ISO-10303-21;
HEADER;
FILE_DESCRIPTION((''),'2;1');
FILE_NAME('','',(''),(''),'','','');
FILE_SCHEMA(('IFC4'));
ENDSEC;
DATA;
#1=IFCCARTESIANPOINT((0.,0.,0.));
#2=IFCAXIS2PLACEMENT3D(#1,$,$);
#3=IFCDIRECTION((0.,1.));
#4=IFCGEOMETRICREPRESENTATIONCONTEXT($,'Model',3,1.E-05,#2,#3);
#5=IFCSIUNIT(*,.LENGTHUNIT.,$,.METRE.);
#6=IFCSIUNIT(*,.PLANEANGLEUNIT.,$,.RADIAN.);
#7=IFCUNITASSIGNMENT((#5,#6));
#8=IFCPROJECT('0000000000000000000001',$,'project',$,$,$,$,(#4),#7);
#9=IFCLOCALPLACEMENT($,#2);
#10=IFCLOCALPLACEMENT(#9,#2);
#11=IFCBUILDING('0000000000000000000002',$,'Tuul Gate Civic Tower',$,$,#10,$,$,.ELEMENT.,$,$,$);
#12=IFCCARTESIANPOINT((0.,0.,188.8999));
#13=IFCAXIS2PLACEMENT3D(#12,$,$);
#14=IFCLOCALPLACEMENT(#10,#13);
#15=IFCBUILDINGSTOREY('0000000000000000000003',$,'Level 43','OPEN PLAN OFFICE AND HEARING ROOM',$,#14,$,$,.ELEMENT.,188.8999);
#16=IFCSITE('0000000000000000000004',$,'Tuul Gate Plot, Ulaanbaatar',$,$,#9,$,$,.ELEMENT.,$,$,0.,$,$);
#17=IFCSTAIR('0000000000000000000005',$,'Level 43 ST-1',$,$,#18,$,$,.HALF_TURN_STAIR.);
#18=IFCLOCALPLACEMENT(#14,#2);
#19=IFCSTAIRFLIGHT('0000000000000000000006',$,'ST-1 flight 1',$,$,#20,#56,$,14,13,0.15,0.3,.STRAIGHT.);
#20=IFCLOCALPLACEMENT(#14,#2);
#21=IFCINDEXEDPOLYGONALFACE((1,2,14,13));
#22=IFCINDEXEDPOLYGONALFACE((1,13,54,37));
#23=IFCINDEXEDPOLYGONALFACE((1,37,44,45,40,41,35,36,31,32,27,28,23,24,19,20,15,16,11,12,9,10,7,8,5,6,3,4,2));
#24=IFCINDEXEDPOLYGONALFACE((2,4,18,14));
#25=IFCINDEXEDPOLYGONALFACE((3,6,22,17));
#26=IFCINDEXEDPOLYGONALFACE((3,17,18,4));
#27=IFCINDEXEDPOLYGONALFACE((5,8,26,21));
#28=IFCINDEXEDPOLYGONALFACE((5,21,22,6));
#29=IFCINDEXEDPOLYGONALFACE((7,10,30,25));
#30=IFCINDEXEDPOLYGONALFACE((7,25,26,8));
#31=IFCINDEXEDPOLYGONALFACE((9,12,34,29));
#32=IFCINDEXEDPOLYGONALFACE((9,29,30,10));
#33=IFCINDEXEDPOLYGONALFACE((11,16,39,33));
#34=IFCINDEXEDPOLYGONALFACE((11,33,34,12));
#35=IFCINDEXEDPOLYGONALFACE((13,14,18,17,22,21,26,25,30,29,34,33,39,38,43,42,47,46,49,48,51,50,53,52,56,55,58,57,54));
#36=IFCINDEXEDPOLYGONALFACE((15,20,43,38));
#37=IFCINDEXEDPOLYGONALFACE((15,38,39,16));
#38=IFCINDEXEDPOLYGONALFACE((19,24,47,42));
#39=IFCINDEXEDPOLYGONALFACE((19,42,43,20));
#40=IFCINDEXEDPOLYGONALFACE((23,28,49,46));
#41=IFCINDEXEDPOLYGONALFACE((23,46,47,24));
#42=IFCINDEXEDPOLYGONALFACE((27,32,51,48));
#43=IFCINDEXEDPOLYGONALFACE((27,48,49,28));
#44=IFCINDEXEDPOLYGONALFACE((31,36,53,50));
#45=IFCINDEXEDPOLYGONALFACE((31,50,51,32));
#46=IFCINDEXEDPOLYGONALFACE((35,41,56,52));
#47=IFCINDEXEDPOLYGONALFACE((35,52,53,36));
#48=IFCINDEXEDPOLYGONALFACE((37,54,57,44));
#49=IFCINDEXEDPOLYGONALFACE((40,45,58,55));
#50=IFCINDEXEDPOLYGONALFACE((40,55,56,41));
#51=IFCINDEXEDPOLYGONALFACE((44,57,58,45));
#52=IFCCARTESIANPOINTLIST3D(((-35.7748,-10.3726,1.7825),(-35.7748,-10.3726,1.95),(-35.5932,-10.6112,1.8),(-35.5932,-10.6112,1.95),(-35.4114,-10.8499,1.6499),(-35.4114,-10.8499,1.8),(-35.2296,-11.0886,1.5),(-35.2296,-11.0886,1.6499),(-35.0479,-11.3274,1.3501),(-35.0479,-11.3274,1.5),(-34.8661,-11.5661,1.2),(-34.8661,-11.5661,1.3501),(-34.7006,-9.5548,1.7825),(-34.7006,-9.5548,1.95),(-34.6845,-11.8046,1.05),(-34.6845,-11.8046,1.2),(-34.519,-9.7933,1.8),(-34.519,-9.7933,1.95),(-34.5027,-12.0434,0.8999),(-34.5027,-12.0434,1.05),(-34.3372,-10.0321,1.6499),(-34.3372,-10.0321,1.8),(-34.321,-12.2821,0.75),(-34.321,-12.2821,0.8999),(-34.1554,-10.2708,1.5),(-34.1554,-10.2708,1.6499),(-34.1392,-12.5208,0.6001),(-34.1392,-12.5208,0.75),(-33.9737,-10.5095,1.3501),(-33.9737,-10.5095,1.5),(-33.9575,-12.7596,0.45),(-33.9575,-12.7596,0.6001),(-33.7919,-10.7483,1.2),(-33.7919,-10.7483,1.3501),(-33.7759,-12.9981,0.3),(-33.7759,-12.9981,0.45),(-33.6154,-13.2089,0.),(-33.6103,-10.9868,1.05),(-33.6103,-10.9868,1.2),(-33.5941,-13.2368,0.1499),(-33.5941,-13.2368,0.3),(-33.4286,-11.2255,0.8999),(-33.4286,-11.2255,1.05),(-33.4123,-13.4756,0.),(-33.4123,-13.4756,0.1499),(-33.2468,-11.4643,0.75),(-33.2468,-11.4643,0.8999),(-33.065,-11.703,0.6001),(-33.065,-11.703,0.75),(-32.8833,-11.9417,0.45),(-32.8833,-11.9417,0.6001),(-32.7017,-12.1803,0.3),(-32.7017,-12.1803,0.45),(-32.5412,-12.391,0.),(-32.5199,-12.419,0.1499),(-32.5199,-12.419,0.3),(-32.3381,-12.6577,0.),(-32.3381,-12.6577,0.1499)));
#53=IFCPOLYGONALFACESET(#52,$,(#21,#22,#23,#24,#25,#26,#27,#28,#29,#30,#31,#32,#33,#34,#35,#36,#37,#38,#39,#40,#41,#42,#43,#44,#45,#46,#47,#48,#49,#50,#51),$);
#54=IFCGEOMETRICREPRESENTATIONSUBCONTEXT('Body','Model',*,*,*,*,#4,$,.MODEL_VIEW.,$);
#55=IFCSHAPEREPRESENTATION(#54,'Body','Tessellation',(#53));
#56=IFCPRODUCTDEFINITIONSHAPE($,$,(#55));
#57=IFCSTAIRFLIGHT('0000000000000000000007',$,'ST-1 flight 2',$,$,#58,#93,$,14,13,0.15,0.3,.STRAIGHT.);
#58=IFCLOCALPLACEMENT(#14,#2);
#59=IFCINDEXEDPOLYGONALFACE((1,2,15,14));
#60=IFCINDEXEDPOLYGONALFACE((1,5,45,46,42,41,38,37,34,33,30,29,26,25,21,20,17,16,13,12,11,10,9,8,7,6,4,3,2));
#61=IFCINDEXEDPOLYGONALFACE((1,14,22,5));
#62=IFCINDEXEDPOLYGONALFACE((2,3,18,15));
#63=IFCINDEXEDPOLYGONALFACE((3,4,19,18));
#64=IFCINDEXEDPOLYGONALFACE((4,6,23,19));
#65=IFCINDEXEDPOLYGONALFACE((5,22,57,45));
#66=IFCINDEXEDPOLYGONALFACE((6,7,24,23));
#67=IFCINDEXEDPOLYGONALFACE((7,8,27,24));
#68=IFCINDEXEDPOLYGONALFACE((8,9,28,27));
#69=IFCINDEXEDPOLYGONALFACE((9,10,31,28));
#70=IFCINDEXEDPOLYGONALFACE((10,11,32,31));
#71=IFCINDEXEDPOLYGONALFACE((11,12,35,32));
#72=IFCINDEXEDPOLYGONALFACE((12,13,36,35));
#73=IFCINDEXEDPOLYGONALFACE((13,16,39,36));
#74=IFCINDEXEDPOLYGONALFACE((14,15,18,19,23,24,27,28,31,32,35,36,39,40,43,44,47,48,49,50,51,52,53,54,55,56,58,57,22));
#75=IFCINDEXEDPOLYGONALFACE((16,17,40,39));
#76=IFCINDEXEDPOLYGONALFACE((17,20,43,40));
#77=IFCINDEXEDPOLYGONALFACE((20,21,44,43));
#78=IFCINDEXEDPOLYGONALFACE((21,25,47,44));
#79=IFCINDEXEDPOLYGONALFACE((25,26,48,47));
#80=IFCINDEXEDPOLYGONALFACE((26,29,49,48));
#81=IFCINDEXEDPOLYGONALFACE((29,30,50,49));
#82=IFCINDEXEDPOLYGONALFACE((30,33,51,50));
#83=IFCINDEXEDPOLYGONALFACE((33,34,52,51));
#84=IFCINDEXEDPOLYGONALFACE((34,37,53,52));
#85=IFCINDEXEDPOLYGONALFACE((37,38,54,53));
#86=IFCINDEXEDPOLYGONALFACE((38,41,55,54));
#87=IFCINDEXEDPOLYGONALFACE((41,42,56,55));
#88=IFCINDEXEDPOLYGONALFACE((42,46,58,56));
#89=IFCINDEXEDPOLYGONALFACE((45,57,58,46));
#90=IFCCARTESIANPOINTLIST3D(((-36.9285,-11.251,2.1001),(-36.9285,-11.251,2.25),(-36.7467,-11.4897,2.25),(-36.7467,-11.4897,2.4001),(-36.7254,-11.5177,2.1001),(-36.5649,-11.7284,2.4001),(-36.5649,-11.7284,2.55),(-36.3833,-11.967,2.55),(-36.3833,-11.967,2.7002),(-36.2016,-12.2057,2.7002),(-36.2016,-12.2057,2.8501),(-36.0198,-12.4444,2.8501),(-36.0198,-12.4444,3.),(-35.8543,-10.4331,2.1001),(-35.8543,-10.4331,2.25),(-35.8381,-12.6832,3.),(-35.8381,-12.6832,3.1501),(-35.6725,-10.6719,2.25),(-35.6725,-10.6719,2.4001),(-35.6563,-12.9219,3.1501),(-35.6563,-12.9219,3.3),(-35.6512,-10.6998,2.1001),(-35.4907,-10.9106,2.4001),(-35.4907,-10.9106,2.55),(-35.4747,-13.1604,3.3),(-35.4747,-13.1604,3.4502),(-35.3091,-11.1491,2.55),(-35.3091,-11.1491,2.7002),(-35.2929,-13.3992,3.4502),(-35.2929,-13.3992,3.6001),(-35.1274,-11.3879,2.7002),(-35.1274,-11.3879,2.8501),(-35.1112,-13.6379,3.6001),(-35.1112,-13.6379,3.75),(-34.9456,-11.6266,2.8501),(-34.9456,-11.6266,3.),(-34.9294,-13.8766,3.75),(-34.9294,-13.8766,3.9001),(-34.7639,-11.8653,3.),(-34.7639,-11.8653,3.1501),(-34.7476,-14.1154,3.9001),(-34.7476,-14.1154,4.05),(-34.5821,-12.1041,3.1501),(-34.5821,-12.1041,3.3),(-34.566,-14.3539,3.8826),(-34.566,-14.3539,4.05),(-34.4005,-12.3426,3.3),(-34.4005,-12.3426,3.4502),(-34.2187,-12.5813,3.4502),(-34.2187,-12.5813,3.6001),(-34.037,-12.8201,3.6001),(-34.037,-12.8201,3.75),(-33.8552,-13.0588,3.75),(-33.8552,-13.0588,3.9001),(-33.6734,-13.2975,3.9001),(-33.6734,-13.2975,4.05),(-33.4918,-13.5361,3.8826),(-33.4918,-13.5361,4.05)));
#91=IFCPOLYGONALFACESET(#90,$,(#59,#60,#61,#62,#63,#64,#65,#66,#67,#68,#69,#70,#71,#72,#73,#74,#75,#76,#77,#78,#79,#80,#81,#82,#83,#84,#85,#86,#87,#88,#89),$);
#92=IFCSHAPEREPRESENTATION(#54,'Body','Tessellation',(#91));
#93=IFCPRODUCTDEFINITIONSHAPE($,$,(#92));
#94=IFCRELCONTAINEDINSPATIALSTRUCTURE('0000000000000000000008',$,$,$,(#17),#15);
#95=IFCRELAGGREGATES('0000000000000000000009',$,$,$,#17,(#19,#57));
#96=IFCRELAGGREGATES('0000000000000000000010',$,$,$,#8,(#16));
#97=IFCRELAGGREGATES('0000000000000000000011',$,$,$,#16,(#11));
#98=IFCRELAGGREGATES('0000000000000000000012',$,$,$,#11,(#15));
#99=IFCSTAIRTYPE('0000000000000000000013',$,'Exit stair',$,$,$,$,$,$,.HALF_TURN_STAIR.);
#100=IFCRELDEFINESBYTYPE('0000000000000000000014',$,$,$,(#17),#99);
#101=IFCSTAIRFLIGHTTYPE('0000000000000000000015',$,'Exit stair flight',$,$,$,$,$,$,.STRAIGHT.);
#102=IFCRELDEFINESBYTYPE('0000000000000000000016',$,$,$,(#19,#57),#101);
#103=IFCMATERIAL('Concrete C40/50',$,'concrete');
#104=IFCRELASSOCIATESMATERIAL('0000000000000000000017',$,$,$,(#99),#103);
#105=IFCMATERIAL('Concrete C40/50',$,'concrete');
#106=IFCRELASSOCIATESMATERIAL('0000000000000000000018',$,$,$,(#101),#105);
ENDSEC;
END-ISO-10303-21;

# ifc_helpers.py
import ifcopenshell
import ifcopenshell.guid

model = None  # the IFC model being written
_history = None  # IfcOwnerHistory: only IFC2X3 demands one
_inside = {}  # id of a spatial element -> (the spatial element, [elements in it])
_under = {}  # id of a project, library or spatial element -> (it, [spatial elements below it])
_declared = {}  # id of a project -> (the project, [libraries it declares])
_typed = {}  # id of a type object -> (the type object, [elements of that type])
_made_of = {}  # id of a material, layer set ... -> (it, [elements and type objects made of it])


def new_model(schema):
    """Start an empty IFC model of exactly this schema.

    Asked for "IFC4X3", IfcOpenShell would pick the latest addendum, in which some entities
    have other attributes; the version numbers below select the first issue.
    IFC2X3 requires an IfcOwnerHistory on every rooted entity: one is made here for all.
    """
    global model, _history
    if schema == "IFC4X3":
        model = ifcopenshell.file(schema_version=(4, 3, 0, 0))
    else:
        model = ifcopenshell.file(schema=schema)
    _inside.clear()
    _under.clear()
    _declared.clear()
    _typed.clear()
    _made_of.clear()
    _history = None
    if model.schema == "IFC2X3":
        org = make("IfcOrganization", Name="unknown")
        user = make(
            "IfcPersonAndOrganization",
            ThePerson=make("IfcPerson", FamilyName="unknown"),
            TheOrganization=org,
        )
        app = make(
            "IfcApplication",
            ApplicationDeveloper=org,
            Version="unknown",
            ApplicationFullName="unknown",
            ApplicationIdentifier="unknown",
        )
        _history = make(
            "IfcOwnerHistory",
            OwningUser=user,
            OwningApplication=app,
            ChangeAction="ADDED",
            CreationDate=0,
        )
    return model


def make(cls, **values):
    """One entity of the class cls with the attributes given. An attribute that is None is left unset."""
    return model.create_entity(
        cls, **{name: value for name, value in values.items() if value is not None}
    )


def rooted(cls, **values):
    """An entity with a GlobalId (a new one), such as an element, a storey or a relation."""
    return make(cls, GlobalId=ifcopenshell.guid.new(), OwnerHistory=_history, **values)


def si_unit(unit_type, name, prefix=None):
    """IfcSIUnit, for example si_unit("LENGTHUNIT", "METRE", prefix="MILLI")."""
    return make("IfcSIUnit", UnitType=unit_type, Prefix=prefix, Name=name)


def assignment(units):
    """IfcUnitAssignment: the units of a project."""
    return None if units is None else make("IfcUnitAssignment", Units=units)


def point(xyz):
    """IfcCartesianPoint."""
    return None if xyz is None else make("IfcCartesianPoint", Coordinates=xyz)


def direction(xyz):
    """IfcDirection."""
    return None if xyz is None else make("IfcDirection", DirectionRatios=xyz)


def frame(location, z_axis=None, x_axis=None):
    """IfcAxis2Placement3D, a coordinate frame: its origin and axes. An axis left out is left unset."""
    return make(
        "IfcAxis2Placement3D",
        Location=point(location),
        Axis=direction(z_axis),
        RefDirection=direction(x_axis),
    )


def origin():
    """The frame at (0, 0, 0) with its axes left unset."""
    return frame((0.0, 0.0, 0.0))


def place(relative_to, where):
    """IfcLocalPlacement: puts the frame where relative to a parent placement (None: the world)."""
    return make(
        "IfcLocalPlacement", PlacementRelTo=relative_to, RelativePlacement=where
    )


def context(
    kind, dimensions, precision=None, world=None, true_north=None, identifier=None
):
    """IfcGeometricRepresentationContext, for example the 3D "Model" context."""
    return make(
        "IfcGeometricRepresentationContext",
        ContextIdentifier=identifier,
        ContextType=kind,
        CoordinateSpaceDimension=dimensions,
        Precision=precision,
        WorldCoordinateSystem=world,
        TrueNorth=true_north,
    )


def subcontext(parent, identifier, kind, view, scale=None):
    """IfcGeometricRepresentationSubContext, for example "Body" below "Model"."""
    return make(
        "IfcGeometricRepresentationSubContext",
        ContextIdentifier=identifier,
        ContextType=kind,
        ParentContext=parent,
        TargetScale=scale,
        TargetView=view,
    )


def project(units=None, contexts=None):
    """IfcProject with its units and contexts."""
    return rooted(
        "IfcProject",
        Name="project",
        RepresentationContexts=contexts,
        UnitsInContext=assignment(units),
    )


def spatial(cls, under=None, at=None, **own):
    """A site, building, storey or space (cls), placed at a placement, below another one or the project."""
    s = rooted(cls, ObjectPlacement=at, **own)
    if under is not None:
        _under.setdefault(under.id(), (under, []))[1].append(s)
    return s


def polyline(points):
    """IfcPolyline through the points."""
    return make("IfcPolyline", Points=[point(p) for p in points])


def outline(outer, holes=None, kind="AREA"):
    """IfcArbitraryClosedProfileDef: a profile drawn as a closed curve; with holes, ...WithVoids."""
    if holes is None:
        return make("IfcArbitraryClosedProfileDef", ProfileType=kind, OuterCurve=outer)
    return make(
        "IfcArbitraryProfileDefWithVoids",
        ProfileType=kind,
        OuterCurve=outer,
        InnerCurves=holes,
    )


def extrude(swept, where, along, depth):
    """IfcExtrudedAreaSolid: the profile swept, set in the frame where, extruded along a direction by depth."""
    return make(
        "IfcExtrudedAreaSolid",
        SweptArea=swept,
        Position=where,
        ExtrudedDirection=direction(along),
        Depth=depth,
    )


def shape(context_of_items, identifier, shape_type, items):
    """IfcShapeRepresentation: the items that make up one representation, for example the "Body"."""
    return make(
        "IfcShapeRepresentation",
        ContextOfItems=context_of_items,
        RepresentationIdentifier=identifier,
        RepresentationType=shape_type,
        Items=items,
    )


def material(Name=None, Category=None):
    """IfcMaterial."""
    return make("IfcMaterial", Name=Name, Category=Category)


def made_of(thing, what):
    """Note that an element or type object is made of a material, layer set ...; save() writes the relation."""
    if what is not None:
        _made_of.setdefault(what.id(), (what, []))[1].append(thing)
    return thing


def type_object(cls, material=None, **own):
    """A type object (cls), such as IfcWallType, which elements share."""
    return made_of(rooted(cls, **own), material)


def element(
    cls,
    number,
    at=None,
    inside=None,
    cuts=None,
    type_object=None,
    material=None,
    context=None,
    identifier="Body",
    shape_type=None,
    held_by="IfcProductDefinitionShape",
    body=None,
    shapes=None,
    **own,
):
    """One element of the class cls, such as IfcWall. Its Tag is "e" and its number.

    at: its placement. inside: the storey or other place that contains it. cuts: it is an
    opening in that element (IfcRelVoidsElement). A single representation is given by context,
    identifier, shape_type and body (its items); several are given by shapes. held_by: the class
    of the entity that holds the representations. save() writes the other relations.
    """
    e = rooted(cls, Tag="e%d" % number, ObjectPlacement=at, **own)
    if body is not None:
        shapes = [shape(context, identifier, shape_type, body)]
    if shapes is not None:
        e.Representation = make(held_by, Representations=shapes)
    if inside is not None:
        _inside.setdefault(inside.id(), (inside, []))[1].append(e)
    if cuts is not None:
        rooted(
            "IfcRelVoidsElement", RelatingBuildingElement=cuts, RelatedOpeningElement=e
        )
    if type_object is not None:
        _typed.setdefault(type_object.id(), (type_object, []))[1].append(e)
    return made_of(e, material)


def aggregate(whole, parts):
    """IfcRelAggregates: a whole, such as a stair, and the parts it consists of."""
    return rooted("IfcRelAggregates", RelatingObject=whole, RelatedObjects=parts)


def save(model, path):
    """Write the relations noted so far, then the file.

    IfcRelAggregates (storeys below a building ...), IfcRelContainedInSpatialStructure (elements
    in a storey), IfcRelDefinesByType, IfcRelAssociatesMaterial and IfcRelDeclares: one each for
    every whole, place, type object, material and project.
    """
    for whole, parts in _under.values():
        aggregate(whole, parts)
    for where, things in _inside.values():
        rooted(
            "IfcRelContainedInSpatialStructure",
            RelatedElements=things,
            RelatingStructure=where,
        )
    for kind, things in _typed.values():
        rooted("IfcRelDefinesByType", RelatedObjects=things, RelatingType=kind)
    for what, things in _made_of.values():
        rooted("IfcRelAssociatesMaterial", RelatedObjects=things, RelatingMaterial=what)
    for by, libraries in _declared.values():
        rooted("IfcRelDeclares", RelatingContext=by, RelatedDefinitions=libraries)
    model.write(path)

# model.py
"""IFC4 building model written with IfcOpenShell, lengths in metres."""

from ifc_helpers import new_model, si_unit, direction, frame, origin, place, context, subcontext, project, spatial, polyline, outline, extrude, material, type_object, element, aggregate, save


model = new_model("IFC4")

# Units and contexts
model_context = context("Model", 3, precision=1e-05, world=origin(), true_north=direction((0.0, 1.0)))
body_context = subcontext(model_context, "Body", "Model", "MODEL_VIEW")
ifc_project = project(units=[si_unit("LENGTHUNIT", "METRE"), si_unit("PLANEANGLEUNIT", "RADIAN")], contexts=[model_context])

# Site, building, storey
site_placement = place(None, origin())
site = spatial("IfcSite", under=ifc_project, at=site_placement, Name="Tuul Gate Plot, Ulaanbaatar", CompositionType="ELEMENT", RefElevation=0.0)
building_placement = place(site_placement, origin())
building = spatial("IfcBuilding", under=site, at=building_placement, Name="Tuul Gate Civic Tower", CompositionType="ELEMENT")
storey_placement = place(building_placement, frame((0.0, 0.0, 188.8999)))
storey = spatial("IfcBuildingStorey", under=building, at=storey_placement, Name="Level 43", Description="OPEN PLAN OFFICE AND HEARING ROOM", CompositionType="ELEMENT", Elevation=188.8999)

# Stair, stair flights
ifc_material_1 = material(Name="Concrete C40/50", Category="concrete")
stair_type = type_object("IfcStairType", Name="Exit stair", PredefinedType="HALF_TURN_STAIR", material=ifc_material_1)
stair_placement = place(storey_placement, origin())
stair = element("IfcStair", 1, at=stair_placement, inside=storey, type_object=stair_type, Name="Level 43 ST-1", PredefinedType="HALF_TURN_STAIR")
ifc_material_2 = material(Name="Concrete C40/50", Category="concrete")
stair_flight_type = type_object("IfcStairFlightType", Name="Exit stair flight", PredefinedType="STRAIGHT", material=ifc_material_2)
stair_flight_1_placement = place(storey_placement, frame((-32.8752, -13.0667, 0.0), z_axis=(0.0, 0.0, 1.0), x_axis=(-0.605764, 0.795644, 0.0)))
stair_flight_1 = element("IfcStairFlight", 2, at=stair_flight_1_placement, type_object=stair_flight_type, Name="ST-1 flight 1", NumberOfRisers=14, NumberOfTreads=13, PredefinedType="STRAIGHT", RiserHeight=0.15, TreadLength=0.3, context=body_context, shape_type="SweptSolid", body=[
    extrude(outline(polyline([(0.0, 0.0), (0.0, 0.1499), (0.3, 0.1499), (0.3, 0.3), (0.6001, 0.3), (0.6001, 0.45), (0.8999, 0.45), (0.8999, 0.6001), (1.2, 0.6001), (1.2, 0.75), (1.5, 0.75), (1.5, 0.8999), (1.8, 0.8999), (1.8, 1.05), (2.1001, 1.05), (2.1001, 1.2), (2.3999, 1.2), (2.3999, 1.3501), (2.7, 1.3501), (2.7, 1.5), (3.0, 1.5), (3.0, 1.6499), (3.3, 1.6499), (3.3, 1.8), (3.6001, 1.8), (3.6001, 1.95), (3.8999, 1.95), (3.8999, 2.1001), (3.8999, 1.7825), (0.3352, 0.0), (0.0, 0.0)])), frame((0.0, 0.675, 0.0), z_axis=(0.0, -1.0, 0.0), x_axis=(1.0, 0.0, 0.0)), (0.0, 0.0, 1.0), 1.3501),
])
stair_flight_2_placement = place(storey_placement, frame((-36.3914, -10.842, 2.1001), z_axis=(0.0, 0.0, 1.0), x_axis=(0.605764, -0.795644, 0.0)))
stair_flight_2 = element("IfcStairFlight", 3, at=stair_flight_2_placement, type_object=stair_flight_type, Name="ST-1 flight 2", NumberOfRisers=14, NumberOfTreads=13, PredefinedType="STRAIGHT", RiserHeight=0.15, TreadLength=0.3, context=body_context, shape_type="SweptSolid", body=[
    extrude(outline(polyline([(0.0, 0.0), (0.0, 0.1499), (0.3, 0.1499), (0.3, 0.3), (0.6001, 0.3), (0.6001, 0.45), (0.8999, 0.45), (0.8999, 0.6001), (1.2, 0.6001), (1.2, 0.75), (1.5, 0.75), (1.5, 0.8999), (1.8, 0.8999), (1.8, 1.05), (2.1001, 1.05), (2.1001, 1.2), (2.3999, 1.2), (2.3999, 1.3501), (2.7, 1.3501), (2.7, 1.5), (3.0, 1.5), (3.0, 1.6499), (3.3, 1.6499), (3.3, 1.8), (3.6001, 1.8), (3.6001, 1.95), (3.8999, 1.95), (3.8999, 2.1001), (3.8999, 1.7825), (0.3352, 0.0), (0.0, 0.0)])), frame((0.0, 0.675, 0.0), z_axis=(0.0, -1.0, 0.0), x_axis=(1.0, 0.0, 0.0)), (0.0, 0.0, 1.0), 1.3501),
])
aggregate(stair, [stair_flight_1, stair_flight_2])

save(model, "model.ifc")
